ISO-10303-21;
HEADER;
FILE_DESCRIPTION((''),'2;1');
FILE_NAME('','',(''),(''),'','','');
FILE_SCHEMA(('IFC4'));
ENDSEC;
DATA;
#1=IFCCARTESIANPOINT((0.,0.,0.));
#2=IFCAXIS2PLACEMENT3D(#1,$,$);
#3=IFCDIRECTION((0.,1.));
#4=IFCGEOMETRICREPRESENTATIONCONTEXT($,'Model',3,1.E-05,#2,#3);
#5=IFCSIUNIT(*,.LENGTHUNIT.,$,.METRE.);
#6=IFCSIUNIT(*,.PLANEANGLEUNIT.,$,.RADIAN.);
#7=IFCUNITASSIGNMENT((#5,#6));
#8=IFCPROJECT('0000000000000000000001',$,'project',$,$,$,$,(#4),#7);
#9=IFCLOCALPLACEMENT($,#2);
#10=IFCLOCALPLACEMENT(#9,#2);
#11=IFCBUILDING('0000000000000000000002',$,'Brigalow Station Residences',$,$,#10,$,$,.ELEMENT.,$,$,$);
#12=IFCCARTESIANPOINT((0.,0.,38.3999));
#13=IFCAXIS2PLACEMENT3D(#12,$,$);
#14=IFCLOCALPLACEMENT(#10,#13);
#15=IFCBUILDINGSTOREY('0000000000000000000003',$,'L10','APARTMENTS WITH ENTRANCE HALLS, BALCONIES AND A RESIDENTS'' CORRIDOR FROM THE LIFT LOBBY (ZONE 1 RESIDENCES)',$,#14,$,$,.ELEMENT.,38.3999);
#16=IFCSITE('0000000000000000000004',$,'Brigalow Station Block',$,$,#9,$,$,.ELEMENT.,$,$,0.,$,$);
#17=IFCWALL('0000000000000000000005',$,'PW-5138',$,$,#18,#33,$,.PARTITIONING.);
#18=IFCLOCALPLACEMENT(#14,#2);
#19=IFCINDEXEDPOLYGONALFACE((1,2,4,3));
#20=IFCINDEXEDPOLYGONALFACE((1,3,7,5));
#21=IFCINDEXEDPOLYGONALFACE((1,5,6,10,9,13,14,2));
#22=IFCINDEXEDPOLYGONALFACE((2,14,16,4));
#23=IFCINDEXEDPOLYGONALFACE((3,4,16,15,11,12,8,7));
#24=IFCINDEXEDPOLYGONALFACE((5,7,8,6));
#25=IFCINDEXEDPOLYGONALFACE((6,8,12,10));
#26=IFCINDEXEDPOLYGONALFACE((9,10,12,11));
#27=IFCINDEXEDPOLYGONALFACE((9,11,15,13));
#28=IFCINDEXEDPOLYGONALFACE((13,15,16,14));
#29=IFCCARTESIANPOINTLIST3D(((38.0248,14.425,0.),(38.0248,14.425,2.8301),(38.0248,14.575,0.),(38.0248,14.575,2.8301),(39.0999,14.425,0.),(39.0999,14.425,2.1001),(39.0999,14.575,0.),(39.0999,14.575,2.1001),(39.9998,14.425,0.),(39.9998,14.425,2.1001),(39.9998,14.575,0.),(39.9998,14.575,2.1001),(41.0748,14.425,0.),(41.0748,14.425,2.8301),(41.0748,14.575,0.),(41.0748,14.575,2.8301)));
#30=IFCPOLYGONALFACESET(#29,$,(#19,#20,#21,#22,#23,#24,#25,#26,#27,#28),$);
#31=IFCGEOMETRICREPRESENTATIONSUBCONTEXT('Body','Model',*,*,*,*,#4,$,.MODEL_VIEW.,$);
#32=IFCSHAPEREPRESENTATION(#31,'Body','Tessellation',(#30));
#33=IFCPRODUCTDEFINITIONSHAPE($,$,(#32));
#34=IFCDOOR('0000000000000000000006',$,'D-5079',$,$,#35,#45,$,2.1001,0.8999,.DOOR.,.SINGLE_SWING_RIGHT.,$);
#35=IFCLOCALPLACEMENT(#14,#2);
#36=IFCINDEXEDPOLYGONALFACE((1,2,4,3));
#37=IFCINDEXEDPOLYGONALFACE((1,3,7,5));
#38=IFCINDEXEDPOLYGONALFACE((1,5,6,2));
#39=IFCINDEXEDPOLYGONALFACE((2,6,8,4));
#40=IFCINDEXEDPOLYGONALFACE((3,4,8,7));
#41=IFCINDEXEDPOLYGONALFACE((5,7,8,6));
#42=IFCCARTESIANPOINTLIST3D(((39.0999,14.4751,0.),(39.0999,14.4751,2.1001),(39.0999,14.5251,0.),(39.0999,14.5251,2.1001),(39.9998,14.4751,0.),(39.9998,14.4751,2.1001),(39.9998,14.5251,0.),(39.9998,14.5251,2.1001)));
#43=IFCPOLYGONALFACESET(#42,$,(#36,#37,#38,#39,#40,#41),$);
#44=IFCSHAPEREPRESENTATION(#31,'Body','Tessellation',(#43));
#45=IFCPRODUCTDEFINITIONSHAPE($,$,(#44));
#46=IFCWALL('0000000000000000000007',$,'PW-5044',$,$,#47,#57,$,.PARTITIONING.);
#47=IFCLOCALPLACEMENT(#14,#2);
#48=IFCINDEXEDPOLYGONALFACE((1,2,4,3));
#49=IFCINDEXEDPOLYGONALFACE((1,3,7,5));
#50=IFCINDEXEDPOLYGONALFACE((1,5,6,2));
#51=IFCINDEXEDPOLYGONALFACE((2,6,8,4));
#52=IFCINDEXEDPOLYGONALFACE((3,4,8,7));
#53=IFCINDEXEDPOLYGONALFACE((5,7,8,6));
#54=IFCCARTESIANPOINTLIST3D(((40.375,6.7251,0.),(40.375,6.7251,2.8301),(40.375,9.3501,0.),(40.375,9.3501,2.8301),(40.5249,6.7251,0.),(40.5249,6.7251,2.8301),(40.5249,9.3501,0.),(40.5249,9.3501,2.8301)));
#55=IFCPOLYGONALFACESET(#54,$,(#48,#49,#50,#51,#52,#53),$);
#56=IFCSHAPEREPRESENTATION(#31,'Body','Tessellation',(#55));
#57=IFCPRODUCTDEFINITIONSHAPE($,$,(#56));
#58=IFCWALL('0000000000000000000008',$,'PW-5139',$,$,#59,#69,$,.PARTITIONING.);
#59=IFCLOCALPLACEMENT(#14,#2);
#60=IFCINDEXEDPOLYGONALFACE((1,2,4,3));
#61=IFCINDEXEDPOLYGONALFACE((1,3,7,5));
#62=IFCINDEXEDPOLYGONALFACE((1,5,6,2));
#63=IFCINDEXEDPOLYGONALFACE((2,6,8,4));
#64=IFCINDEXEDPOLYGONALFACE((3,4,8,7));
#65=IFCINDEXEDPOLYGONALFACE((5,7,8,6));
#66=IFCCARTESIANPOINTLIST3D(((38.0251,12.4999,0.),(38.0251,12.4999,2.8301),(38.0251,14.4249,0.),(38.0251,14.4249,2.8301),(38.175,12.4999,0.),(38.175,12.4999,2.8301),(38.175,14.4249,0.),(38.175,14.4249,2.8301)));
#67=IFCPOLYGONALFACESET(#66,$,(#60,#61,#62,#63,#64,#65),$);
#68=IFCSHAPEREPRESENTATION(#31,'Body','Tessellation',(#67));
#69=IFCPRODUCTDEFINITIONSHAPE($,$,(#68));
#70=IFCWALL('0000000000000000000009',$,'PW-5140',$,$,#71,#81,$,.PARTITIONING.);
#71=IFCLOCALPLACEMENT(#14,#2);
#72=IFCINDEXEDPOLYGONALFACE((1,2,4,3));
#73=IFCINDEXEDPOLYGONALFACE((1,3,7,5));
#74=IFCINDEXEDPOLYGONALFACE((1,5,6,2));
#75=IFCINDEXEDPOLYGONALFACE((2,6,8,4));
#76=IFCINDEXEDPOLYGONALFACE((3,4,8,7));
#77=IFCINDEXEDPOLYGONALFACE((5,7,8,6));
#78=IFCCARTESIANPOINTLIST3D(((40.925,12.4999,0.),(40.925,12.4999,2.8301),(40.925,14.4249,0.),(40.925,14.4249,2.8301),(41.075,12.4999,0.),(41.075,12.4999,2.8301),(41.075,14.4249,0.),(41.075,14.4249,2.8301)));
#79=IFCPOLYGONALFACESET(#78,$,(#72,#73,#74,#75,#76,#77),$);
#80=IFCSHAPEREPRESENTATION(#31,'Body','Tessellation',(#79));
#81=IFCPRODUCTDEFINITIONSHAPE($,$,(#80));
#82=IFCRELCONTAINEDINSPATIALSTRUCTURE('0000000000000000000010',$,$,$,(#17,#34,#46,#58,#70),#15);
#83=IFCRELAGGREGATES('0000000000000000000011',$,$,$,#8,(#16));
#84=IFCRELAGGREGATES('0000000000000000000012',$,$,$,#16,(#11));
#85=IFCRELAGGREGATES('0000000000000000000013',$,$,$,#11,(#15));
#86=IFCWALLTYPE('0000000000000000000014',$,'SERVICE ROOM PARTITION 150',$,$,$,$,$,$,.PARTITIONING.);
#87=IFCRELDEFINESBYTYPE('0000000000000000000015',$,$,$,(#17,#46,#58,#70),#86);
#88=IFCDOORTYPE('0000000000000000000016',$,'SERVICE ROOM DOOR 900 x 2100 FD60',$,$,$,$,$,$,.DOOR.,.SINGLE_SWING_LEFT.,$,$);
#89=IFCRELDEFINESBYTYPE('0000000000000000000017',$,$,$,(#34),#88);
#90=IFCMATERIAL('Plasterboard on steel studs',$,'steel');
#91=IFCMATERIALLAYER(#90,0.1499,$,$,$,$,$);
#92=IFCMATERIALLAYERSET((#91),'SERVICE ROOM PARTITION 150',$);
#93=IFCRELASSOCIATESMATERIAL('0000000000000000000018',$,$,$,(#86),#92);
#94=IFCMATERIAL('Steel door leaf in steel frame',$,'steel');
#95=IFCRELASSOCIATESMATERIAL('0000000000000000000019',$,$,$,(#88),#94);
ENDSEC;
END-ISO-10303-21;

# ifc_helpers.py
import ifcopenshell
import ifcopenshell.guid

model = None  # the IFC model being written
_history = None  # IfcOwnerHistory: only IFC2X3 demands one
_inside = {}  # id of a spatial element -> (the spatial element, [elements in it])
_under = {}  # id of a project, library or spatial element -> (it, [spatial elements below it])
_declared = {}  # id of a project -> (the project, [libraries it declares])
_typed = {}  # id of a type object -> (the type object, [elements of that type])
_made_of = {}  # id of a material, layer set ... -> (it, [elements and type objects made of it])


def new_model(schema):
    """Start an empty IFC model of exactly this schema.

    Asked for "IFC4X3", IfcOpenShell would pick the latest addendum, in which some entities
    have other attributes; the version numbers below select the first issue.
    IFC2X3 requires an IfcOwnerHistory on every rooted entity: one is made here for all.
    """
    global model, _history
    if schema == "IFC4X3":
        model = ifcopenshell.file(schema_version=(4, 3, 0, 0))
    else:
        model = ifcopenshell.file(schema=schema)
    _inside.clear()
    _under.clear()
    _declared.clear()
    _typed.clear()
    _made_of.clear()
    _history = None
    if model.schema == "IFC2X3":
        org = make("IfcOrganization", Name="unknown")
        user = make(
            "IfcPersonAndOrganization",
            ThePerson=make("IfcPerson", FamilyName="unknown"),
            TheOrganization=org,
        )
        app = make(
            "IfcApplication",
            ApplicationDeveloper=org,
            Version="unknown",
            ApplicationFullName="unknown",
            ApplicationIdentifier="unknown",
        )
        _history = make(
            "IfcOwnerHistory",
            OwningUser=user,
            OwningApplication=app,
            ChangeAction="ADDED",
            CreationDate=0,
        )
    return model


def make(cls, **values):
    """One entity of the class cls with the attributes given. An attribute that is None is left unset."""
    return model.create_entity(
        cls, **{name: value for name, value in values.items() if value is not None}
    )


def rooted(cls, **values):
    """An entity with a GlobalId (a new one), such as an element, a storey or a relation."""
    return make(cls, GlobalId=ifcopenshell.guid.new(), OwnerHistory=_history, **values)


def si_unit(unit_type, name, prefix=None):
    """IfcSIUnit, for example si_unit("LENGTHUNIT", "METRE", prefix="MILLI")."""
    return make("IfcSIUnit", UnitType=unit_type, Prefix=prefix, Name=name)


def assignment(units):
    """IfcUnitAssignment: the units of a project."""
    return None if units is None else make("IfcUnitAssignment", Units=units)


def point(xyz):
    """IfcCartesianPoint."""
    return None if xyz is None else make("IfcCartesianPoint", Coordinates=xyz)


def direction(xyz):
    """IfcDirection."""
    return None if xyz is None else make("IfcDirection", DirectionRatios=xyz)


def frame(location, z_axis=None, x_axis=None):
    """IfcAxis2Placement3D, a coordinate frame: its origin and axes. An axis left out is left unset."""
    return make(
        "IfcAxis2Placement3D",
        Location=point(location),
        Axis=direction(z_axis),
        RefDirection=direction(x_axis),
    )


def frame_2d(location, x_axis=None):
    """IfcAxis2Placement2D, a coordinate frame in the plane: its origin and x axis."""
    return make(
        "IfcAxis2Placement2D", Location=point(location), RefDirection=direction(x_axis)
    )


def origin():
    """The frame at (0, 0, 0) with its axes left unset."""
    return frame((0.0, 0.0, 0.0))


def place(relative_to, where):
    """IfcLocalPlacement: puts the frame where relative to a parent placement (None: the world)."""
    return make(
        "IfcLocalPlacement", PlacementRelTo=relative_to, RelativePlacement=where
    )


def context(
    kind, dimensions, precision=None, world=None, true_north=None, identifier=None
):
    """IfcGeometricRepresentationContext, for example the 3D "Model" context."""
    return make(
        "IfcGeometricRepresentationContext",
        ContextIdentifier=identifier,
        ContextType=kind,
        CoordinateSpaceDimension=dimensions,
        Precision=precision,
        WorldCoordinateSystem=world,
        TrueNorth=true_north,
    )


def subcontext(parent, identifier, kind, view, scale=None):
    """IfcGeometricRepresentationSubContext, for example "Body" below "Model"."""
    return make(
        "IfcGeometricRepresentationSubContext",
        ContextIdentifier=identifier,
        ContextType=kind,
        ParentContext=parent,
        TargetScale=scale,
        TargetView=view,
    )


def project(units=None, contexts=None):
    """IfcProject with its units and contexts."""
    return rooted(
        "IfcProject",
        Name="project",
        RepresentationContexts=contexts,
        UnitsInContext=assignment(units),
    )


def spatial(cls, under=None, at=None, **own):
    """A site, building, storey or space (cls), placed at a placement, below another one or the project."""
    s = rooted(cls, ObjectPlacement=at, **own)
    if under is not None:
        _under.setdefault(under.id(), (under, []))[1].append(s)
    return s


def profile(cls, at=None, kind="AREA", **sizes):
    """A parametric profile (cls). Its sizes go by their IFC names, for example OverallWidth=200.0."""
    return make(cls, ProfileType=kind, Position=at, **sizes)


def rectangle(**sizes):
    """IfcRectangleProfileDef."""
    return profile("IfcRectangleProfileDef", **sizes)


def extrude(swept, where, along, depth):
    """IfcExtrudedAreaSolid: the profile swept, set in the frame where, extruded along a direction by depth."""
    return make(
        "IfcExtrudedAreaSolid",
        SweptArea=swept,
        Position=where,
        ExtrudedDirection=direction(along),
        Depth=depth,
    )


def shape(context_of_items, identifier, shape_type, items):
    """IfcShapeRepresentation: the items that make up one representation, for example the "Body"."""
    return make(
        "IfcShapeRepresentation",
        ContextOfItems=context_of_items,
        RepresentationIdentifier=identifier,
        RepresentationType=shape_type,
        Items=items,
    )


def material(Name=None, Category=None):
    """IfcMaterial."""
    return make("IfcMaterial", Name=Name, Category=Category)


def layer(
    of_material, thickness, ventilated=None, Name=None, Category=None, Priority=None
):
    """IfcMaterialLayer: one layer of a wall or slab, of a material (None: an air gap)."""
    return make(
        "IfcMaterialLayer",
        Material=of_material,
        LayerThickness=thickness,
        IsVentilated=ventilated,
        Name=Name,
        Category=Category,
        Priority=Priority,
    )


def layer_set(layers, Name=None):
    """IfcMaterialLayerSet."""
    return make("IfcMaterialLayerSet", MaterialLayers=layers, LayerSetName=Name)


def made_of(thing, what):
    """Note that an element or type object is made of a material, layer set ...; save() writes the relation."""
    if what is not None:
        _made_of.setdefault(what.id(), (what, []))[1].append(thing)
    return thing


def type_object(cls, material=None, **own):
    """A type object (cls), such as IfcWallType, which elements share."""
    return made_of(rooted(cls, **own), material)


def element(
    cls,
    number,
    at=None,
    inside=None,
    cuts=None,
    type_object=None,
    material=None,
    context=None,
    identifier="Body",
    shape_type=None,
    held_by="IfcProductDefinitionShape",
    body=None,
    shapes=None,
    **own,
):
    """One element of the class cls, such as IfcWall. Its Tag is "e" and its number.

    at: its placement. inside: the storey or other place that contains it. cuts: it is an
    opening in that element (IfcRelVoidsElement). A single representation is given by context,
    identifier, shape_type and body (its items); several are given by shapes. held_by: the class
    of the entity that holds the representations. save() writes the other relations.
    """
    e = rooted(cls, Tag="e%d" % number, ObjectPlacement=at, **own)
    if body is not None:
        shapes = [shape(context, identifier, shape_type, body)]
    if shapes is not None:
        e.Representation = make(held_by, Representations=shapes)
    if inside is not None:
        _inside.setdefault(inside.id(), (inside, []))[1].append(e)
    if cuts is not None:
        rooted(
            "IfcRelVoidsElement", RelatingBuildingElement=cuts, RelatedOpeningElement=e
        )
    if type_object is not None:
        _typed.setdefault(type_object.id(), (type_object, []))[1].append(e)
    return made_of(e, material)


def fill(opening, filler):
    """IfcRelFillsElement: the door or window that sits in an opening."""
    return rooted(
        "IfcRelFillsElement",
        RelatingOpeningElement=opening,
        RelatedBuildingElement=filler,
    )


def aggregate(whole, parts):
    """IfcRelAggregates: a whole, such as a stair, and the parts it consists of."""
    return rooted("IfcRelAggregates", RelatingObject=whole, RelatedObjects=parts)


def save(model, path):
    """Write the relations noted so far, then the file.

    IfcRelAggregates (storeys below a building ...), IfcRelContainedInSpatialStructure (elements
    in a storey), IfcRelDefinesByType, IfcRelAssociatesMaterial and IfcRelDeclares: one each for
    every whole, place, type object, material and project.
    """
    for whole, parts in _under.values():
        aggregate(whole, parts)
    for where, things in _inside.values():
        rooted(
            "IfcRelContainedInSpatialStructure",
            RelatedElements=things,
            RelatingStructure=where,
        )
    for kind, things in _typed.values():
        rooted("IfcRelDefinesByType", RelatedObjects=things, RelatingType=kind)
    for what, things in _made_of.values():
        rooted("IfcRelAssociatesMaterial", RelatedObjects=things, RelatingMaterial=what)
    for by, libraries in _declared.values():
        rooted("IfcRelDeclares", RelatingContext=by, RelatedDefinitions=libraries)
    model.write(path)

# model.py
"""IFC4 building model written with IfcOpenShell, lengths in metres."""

from ifc_helpers import new_model, si_unit, direction, frame, frame_2d, origin, place, context, subcontext, project, spatial, rectangle, extrude, material, layer, layer_set, type_object, element, fill, save


model = new_model("IFC4")

# Units and contexts
model_context = context("Model", 3, precision=1e-05, world=origin(), true_north=direction((0.0, 1.0)))
body_context = subcontext(model_context, "Body", "Model", "MODEL_VIEW")
ifc_project = project(units=[si_unit("LENGTHUNIT", "METRE"), si_unit("PLANEANGLEUNIT", "RADIAN")], contexts=[model_context])

# Site, building, storey
site_placement = place(None, origin())
site = spatial("IfcSite", under=ifc_project, at=site_placement, Name="Brigalow Station Block", CompositionType="ELEMENT", RefElevation=0.0)
building_placement = place(site_placement, origin())
building = spatial("IfcBuilding", under=site, at=building_placement, Name="Brigalow Station Residences", CompositionType="ELEMENT")
storey_placement = place(building_placement, frame((0.0, 0.0, 38.3999)))
storey = spatial("IfcBuildingStorey", under=building, at=storey_placement, Name="L10", Description="APARTMENTS WITH ENTRANCE HALLS, BALCONIES AND A RESIDENTS' CORRIDOR FROM THE LIFT LOBBY (ZONE 1 RESIDENCES)", CompositionType="ELEMENT", Elevation=38.3999)

# Wall, opening, door
ifc_material_1 = material(Name="Plasterboard on steel studs", Category="steel")
ifc_layer_1 = layer(ifc_material_1, 0.1499)
ifc_layer_set_1 = layer_set([ifc_layer_1], Name="SERVICE ROOM PARTITION 150")
wall_type_1 = type_object("IfcWallType", Name="SERVICE ROOM PARTITION 150", PredefinedType="PARTITIONING", material=ifc_layer_set_1)
wall_1_placement = place(storey_placement, frame((38.0249, 14.5, 0.0), z_axis=(0.0, 0.0, 1.0), x_axis=(1.0, 0.0, 0.0)))
wall_1 = element("IfcWall", 1, at=wall_1_placement, inside=storey, type_object=wall_type_1, Name="PW-5138", PredefinedType="PARTITIONING", context=body_context, shape_type="SweptSolid", body=[
    extrude(rectangle(XDim=3.05, YDim=0.1499, at=frame_2d((1.5249, 0.0))), origin(), (0.0, 0.0, 1.0), 2.8301),
])
opening_1_placement = place(wall_1_placement, frame((1.075, 0.0, 0.0)))
opening_1 = element("IfcOpeningElement", 2, at=opening_1_placement, cuts=wall_1, PredefinedType="OPENING", context=body_context, shape_type="SweptSolid", body=[
    extrude(rectangle(XDim=0.8999, YDim=2.1001, at=frame_2d((0.45, 1.05))), frame((0.0, 0.085, 0.0), z_axis=(0.0, -1.0, 0.0), x_axis=(1.0, 0.0, 0.0)), (0.0, 0.0, 1.0), 0.1699),
])
ifc_material_2 = material(Name="Steel door leaf in steel frame", Category="steel")
door_type_1 = type_object("IfcDoorType", Name="SERVICE ROOM DOOR 900 x 2100 FD60", OperationType="SINGLE_SWING_LEFT", PredefinedType="DOOR", material=ifc_material_2)
door_1_placement = place(opening_1_placement, frame((0.8999, 0.0, 0.0), z_axis=(0.0, 0.0, 1.0), x_axis=(-1.0, 0.0, 0.0)))
door_1 = element("IfcDoor", 3, at=door_1_placement, inside=storey, type_object=door_type_1, Name="D-5079", OperationType="SINGLE_SWING_RIGHT", OverallHeight=2.1001, OverallWidth=0.8999, PredefinedType="DOOR", context=body_context, shape_type="SweptSolid", body=[
    extrude(rectangle(XDim=0.8999, YDim=2.1001, at=frame_2d((0.45, 1.05))), frame((0.0, 0.0249, 0.0), z_axis=(0.0, -1.0, 0.0), x_axis=(1.0, 0.0, 0.0)), (0.0, 0.0, 1.0), 0.05),
])
fill(opening_1, door_1)

# Walls
wall_2_placement = place(storey_placement, frame((40.45, 6.7251, 0.0), z_axis=(0.0, 0.0, 1.0), x_axis=(0.0, 1.0, 0.0)))
element("IfcWall", 4, at=wall_2_placement, inside=storey, type_object=wall_type_1, Name="PW-5044", PredefinedType="PARTITIONING", context=body_context, shape_type="SweptSolid", body=[
    extrude(rectangle(XDim=2.625, YDim=0.1499, at=frame_2d((1.3125, 0.0))), origin(), (0.0, 0.0, 1.0), 2.8301),
])
for number, where, z_axis, x_axis, name in (
    (5, (38.1001, 12.5, 0.0), (0.0, 0.0, 1.0), (0.0, 1.0, 0.0), "PW-5139"),
    (6, (41.0, 12.5, 0.0), (0.0, 0.0, 1.0), (0.0, 1.0, 0.0), "PW-5140"),
):
    element("IfcWall", number, at=place(storey_placement, frame(where, z_axis=z_axis, x_axis=x_axis)), inside=storey, type_object=wall_type_1, Name=name, PredefinedType="PARTITIONING", context=body_context, shape_type="SweptSolid", body=[
        extrude(rectangle(XDim=1.925, YDim=0.1499, at=frame_2d((0.9624, 0.0))), origin(), (0.0, 0.0, 1.0), 2.8301),
    ])

save(model, "model.ifc")
